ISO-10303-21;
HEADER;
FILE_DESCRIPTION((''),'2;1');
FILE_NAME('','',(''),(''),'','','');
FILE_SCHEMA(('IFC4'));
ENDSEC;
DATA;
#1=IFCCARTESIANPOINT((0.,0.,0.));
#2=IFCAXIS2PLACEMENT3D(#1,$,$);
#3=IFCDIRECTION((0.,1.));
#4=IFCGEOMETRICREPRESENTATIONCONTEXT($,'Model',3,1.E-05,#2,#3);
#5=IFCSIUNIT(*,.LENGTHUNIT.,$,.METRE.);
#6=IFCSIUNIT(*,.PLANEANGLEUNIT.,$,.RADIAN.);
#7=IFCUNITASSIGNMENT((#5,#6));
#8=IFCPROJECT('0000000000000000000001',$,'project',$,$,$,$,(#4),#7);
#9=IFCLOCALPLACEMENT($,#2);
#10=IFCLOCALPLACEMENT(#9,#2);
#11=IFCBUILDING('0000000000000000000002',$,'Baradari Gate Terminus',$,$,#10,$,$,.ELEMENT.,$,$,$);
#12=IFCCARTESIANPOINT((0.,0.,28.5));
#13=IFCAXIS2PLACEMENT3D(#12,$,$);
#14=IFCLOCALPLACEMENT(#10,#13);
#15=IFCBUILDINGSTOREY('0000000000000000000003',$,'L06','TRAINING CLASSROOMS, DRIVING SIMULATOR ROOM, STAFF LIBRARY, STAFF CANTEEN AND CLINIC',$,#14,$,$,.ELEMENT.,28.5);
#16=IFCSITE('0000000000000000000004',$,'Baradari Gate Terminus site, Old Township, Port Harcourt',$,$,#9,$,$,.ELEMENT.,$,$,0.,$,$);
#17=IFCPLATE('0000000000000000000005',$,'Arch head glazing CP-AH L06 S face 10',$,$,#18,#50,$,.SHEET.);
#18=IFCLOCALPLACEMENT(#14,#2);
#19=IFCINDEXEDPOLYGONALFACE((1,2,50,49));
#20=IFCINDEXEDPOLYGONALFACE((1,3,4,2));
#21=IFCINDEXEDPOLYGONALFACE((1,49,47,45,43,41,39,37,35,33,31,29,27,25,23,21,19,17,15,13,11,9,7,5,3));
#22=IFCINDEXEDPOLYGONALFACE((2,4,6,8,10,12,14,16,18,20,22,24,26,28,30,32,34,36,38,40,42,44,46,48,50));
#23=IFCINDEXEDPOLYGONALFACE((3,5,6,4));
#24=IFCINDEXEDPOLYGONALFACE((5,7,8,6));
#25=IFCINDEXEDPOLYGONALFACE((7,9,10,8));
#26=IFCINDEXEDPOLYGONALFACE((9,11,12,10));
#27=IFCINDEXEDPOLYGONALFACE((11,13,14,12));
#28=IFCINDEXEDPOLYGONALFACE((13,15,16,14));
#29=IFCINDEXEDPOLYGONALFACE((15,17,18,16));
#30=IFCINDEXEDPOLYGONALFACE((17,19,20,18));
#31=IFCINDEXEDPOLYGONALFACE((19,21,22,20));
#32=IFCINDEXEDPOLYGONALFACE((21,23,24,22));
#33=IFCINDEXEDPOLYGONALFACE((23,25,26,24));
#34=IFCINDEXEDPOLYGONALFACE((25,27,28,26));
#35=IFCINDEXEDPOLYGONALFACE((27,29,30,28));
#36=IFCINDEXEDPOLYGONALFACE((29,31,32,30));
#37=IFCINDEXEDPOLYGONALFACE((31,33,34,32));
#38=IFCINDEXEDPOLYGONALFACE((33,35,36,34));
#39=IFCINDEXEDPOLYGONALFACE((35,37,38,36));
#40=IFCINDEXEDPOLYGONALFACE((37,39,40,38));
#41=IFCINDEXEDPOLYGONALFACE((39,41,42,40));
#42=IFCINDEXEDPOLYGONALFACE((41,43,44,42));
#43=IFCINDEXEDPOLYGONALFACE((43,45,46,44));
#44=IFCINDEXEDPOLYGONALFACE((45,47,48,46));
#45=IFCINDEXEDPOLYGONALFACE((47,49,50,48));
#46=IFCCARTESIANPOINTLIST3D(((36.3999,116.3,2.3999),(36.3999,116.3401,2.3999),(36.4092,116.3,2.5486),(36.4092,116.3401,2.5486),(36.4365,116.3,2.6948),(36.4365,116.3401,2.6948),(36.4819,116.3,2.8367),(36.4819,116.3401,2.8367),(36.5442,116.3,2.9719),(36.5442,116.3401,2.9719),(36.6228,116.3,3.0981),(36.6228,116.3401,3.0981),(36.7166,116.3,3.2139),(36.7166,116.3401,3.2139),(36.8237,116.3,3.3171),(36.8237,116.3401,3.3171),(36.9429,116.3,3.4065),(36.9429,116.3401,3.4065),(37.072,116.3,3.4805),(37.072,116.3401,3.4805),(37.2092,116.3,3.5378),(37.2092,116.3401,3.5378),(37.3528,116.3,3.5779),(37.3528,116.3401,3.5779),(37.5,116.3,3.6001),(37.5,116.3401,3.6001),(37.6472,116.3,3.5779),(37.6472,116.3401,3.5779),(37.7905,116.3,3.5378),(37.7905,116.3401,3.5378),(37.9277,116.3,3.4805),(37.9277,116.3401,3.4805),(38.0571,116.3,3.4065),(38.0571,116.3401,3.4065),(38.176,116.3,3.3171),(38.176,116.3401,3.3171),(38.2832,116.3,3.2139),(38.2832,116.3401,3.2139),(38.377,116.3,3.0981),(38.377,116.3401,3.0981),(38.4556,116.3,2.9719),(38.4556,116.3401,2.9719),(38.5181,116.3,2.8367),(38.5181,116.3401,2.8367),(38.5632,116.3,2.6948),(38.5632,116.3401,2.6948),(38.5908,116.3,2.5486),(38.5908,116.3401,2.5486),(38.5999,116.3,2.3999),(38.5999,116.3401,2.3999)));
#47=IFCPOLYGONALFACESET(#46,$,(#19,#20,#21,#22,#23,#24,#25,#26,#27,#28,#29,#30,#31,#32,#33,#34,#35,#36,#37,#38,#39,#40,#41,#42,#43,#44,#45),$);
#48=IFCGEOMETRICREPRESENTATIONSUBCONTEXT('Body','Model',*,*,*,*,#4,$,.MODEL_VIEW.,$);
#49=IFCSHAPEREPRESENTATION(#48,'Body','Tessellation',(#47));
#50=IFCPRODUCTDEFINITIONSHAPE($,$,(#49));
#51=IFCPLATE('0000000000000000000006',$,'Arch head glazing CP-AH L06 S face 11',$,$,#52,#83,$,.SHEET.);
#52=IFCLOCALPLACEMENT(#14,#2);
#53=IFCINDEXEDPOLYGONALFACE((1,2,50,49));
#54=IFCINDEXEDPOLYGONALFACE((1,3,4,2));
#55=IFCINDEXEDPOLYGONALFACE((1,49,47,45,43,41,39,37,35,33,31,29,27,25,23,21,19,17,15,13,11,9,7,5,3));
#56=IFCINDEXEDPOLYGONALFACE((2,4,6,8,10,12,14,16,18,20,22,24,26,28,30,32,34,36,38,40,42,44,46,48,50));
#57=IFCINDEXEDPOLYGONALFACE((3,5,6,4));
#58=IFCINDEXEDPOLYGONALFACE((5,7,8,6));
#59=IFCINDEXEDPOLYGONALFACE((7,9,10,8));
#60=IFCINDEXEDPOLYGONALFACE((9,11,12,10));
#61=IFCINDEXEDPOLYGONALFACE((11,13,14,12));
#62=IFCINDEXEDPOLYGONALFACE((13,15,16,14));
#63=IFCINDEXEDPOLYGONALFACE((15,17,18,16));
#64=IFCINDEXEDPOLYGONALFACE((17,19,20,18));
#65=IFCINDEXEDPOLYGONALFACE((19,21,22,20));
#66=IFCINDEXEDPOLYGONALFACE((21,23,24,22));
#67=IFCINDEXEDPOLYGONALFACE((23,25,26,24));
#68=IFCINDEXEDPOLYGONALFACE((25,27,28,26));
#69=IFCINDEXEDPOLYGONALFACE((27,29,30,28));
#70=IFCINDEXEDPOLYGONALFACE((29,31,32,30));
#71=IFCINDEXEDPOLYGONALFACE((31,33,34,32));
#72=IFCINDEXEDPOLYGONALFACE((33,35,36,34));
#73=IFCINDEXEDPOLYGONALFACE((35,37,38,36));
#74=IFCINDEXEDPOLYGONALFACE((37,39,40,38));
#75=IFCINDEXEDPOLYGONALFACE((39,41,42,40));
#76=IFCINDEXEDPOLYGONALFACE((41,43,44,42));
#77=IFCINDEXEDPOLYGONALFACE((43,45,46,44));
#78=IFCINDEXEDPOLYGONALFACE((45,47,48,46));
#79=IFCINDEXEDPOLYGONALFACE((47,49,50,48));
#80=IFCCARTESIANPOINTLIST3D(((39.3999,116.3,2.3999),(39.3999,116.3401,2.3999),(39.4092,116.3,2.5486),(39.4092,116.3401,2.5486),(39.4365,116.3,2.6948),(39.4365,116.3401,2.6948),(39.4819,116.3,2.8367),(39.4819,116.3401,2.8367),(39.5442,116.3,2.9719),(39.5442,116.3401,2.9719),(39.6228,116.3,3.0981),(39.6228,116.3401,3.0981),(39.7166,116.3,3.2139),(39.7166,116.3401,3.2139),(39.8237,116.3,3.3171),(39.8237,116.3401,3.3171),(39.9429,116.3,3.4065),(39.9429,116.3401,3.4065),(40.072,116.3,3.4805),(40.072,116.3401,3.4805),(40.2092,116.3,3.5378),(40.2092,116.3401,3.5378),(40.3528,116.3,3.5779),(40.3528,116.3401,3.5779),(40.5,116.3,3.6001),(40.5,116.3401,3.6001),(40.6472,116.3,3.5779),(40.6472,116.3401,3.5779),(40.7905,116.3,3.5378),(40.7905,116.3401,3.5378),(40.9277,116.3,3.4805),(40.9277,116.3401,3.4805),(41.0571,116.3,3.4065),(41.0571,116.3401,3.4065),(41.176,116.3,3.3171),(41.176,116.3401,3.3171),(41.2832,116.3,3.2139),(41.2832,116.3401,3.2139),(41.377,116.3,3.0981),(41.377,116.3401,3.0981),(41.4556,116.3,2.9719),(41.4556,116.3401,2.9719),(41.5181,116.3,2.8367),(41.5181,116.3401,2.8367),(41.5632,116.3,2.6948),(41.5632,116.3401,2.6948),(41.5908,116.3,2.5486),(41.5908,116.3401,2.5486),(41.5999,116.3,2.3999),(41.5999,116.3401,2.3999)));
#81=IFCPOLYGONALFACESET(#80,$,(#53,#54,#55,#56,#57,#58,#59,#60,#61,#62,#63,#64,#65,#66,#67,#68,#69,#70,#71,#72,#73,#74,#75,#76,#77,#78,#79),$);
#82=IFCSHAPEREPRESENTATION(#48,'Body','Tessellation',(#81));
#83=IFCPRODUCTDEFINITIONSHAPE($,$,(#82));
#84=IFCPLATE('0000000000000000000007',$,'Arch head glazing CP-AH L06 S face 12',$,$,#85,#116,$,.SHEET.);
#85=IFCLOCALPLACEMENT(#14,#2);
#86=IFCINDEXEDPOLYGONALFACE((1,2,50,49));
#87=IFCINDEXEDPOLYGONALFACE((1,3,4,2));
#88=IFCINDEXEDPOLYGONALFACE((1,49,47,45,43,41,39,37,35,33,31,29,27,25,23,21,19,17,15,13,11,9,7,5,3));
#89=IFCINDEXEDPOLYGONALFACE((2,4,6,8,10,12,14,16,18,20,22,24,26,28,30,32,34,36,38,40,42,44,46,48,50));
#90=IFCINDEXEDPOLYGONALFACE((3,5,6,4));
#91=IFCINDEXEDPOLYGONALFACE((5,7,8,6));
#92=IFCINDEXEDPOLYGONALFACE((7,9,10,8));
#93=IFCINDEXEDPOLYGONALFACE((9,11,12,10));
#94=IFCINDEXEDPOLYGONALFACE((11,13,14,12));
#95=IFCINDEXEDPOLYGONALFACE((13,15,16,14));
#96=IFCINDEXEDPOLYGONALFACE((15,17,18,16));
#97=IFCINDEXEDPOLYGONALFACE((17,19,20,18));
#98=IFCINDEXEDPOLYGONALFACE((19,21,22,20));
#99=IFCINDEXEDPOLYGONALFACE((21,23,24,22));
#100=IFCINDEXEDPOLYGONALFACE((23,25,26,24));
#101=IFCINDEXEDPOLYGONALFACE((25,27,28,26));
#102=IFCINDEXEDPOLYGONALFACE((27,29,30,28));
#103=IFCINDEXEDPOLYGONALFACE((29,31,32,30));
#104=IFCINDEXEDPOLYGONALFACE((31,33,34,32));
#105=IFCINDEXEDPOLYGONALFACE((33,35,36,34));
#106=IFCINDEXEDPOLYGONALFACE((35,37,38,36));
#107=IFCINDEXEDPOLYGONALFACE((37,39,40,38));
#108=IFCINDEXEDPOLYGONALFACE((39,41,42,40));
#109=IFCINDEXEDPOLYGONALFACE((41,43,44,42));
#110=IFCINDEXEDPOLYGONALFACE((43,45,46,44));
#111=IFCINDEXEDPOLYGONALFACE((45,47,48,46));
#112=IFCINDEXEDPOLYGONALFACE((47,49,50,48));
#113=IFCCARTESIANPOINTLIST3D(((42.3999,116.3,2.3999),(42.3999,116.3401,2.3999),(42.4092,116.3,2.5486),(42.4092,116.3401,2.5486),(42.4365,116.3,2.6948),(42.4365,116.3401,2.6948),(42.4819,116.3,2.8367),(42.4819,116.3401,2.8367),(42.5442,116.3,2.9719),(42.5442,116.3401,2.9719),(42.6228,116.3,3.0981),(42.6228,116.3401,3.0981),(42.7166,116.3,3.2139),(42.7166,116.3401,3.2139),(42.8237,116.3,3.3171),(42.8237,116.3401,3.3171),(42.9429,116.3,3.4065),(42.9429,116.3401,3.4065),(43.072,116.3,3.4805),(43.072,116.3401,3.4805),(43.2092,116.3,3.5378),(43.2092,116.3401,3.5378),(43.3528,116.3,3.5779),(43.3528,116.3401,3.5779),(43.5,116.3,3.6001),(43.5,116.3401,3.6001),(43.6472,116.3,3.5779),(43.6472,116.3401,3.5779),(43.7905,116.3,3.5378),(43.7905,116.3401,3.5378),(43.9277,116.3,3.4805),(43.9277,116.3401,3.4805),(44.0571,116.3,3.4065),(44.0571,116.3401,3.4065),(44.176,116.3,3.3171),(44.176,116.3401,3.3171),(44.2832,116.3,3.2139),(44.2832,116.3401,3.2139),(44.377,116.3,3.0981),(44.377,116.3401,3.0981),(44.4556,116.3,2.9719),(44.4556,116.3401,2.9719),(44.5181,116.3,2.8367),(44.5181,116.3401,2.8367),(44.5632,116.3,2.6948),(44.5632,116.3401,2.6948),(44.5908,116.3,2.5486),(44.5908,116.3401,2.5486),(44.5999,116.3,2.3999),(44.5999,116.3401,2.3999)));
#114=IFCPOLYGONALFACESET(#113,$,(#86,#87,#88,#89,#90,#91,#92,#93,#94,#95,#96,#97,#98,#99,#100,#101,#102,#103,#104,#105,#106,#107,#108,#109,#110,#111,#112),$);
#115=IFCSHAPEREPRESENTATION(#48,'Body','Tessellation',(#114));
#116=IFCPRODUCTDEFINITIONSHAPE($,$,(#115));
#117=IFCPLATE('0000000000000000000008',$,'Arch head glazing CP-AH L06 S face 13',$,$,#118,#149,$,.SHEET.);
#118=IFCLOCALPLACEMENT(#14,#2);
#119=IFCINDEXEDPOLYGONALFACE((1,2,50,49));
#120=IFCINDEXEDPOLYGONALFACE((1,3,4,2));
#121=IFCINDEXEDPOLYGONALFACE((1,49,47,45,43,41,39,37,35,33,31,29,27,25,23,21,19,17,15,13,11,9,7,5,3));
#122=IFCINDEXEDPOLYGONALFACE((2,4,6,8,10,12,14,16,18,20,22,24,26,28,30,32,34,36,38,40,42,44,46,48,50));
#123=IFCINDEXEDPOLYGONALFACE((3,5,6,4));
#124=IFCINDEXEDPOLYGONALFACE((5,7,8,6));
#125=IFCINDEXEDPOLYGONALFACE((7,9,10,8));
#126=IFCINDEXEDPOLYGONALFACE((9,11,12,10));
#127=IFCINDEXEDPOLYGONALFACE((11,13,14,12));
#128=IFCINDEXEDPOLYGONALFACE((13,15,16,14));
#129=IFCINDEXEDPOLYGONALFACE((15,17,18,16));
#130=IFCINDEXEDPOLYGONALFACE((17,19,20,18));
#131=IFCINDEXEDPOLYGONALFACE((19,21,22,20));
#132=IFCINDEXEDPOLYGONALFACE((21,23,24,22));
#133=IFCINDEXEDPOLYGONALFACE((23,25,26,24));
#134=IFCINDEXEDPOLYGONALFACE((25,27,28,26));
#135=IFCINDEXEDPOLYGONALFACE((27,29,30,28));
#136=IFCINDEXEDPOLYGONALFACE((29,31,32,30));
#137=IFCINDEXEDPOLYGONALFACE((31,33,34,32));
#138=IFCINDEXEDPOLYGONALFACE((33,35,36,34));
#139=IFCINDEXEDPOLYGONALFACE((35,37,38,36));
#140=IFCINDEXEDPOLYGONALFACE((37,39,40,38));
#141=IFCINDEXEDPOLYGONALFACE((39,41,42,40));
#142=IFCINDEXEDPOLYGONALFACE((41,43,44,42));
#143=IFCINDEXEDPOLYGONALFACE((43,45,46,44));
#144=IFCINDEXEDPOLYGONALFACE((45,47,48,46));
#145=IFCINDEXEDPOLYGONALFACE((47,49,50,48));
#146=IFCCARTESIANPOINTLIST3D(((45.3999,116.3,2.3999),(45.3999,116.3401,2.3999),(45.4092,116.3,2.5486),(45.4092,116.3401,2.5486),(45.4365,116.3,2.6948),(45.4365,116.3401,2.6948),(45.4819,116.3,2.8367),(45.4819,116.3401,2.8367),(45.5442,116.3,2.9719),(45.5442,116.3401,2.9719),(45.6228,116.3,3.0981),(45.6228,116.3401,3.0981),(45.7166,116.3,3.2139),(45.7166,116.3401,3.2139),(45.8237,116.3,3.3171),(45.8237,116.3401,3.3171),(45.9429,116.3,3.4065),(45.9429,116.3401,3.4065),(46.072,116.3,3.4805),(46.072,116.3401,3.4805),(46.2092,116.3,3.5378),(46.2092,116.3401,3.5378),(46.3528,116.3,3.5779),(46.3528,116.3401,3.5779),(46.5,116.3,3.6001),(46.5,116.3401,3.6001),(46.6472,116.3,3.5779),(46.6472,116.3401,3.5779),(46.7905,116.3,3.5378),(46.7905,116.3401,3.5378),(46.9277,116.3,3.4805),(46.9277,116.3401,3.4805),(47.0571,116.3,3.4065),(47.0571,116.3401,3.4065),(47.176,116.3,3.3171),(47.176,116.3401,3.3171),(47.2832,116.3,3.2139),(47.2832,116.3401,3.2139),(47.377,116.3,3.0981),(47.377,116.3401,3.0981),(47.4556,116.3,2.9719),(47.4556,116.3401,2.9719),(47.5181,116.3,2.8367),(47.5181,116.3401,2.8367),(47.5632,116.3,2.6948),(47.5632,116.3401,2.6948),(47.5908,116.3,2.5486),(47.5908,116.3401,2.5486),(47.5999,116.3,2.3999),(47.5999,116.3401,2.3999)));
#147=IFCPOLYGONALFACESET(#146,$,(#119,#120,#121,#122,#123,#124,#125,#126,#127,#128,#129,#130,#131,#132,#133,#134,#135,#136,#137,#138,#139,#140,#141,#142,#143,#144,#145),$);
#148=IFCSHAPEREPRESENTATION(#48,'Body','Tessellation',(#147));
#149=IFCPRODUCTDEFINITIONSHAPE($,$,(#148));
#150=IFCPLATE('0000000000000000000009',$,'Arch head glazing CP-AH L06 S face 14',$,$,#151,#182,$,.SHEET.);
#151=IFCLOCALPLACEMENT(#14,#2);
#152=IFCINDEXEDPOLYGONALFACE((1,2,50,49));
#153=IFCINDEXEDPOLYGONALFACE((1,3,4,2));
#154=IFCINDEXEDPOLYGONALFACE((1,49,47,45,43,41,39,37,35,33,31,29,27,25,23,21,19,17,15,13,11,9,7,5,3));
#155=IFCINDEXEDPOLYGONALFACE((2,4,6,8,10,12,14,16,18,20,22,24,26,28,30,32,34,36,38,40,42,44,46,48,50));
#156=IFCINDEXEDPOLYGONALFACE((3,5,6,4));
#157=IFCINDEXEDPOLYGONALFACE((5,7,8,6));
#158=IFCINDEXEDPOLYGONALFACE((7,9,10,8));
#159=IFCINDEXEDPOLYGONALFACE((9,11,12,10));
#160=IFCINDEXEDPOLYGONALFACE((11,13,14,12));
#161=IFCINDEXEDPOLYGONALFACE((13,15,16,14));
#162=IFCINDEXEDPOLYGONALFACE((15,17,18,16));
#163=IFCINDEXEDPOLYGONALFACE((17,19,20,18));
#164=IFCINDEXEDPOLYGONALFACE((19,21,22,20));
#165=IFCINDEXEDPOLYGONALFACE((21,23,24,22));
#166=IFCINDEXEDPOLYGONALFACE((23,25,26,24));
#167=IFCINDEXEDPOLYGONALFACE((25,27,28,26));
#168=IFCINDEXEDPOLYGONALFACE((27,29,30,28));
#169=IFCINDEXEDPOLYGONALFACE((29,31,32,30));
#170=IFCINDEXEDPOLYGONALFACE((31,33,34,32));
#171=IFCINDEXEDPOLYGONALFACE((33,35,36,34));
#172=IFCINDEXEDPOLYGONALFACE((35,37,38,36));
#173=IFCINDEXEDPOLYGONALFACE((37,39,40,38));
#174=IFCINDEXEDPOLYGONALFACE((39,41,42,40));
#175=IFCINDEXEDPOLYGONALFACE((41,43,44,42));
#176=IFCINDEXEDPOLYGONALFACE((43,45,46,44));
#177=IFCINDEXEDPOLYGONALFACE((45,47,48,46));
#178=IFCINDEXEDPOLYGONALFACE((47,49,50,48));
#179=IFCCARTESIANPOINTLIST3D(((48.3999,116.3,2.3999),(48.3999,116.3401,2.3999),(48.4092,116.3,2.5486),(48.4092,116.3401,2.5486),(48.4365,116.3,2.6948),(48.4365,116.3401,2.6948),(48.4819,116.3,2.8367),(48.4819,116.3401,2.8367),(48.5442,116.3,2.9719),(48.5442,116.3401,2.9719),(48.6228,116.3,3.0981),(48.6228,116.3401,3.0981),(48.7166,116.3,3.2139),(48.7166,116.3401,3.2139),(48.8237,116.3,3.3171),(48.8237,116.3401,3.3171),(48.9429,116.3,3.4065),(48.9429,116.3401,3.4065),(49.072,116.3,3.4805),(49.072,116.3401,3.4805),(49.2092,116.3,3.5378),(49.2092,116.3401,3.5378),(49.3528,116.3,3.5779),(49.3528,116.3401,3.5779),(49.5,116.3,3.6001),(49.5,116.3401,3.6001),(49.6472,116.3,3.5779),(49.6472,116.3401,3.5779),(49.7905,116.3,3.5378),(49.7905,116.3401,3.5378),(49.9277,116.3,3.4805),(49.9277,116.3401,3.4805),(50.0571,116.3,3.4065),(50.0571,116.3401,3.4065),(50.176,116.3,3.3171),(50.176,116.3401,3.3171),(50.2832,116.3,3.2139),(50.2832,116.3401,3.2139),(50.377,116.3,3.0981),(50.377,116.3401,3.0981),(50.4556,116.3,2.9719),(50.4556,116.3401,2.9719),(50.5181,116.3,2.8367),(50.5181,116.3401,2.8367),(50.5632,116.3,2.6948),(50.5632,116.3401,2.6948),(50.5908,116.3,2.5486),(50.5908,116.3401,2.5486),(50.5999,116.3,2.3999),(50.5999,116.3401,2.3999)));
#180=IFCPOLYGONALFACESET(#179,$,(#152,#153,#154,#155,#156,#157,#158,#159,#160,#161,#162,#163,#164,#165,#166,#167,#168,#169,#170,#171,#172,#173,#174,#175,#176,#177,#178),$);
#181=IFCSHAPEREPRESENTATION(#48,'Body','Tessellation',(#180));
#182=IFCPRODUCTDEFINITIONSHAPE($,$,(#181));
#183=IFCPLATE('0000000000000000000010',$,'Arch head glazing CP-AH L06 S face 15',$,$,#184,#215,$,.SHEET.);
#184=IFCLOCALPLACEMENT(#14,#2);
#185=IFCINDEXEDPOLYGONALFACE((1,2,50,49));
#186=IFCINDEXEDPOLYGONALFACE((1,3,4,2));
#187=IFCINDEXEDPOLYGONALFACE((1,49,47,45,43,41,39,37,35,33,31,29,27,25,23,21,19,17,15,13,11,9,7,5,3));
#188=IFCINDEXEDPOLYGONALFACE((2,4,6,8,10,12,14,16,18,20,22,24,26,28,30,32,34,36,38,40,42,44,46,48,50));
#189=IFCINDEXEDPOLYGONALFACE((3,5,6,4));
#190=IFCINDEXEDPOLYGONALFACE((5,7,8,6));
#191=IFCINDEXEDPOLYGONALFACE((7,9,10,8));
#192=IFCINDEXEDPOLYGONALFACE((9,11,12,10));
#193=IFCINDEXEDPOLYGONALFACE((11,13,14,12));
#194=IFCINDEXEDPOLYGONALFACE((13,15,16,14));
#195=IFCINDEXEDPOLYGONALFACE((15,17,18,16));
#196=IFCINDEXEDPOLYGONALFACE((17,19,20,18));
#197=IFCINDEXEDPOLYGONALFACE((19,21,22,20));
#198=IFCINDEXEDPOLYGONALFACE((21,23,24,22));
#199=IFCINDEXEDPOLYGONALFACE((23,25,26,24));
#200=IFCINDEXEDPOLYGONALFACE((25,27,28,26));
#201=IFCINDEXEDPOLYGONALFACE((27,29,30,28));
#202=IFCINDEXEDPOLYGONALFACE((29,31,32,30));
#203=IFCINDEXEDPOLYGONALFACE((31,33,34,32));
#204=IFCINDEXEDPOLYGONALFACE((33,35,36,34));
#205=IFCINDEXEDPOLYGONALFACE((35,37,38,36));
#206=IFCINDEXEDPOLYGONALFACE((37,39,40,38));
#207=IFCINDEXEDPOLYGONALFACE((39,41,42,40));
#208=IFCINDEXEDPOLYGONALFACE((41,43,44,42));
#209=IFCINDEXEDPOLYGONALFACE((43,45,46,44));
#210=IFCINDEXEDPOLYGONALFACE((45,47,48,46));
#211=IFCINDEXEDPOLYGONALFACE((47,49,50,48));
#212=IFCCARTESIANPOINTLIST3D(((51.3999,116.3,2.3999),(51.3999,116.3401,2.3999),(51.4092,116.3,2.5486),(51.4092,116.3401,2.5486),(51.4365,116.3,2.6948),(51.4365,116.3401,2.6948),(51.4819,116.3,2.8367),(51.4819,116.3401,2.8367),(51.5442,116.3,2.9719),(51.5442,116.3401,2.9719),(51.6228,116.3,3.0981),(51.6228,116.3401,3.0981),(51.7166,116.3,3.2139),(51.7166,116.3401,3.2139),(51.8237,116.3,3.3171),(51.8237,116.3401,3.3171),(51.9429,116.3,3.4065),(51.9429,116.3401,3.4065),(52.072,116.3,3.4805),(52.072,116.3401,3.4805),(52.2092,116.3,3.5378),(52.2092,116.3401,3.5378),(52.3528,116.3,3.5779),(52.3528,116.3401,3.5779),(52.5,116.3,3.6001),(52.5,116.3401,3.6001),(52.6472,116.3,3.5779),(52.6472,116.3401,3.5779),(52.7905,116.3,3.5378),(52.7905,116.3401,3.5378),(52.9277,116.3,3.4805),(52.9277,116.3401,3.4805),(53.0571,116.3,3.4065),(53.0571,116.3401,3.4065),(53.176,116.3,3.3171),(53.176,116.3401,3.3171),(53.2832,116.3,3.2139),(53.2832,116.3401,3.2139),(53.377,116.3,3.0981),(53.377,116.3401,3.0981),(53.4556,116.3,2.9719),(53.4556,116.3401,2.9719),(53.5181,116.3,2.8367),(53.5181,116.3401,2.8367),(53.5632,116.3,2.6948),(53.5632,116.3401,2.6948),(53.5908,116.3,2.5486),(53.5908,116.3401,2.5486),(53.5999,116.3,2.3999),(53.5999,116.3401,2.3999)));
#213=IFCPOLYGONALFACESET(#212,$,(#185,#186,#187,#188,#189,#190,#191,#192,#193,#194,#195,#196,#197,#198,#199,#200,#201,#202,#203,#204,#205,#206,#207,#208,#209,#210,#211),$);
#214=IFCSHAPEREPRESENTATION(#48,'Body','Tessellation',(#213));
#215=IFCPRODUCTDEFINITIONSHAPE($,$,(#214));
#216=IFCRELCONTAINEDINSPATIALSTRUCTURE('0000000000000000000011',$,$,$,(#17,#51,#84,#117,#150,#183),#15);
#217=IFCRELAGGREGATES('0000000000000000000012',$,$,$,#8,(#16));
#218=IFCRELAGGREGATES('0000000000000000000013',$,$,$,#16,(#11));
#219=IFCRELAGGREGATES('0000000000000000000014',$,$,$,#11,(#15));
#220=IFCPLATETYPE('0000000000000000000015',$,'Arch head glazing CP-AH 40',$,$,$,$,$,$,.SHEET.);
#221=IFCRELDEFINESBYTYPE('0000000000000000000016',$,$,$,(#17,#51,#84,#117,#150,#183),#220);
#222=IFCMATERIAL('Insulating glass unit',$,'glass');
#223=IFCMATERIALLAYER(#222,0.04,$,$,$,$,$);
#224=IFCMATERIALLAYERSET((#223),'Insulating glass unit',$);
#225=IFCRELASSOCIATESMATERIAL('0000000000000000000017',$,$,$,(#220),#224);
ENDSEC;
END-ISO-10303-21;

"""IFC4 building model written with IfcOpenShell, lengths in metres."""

from ifc_helpers import new_model, si_unit, direction, frame, origin, place, context, subcontext, project, spatial, polyline, outline, extrude, material, layer, layer_set, type_object, element, save


model = new_model("IFC4")

# Units and contexts
model_context = context("Model", 3, precision=1e-05, world=origin(), true_north=direction((0.0, 1.0)))
body_context = subcontext(model_context, "Body", "Model", "MODEL_VIEW")
ifc_project = project(units=[si_unit("LENGTHUNIT", "METRE"), si_unit("PLANEANGLEUNIT", "RADIAN")], contexts=[model_context])

# Site, building, storey
site_placement = place(None, origin())
site = spatial("IfcSite", under=ifc_project, at=site_placement, Name="Baradari Gate Terminus site, Old Township, Port Harcourt", CompositionType="ELEMENT", RefElevation=0.0)
building_placement = place(site_placement, origin())
building = spatial("IfcBuilding", under=site, at=building_placement, Name="Baradari Gate Terminus", CompositionType="ELEMENT")
storey_placement = place(building_placement, frame((0.0, 0.0, 28.5)))
storey = spatial("IfcBuildingStorey", under=building, at=storey_placement, Name="L06", Description="TRAINING CLASSROOMS, DRIVING SIMULATOR ROOM, STAFF LIBRARY, STAFF CANTEEN AND CLINIC", CompositionType="ELEMENT", Elevation=28.5)

# Plates
ifc_material_1 = material(Name="Insulating glass unit", Category="glass")
ifc_layer = layer(ifc_material_1, 0.04)
ifc_layer_set = layer_set([ifc_layer], Name="Insulating glass unit")
plate_type = type_object("IfcPlateType", Name="Arch head glazing CP-AH 40", PredefinedType="SHEET", material=ifc_layer_set)
for number, where, z_axis, x_axis, name in (
    (1, (36.3999, 116.3201, 2.3999), (0.0, 0.0, 1.0), (1.0, 0.0, 0.0), "Arch head glazing CP-AH L06 S face 10"),
    (2, (39.3999, 116.3201, 2.3999), (0.0, 0.0, 1.0), (1.0, 0.0, 0.0), "Arch head glazing CP-AH L06 S face 11"),
    (3, (42.3999, 116.3201, 2.3999), (0.0, 0.0, 1.0), (1.0, 0.0, 0.0), "Arch head glazing CP-AH L06 S face 12"),
    (4, (45.3999, 116.3201, 2.3999), (0.0, 0.0, 1.0), (1.0, 0.0, 0.0), "Arch head glazing CP-AH L06 S face 13"),
    (5, (48.3999, 116.3201, 2.3999), (0.0, 0.0, 1.0), (1.0, 0.0, 0.0), "Arch head glazing CP-AH L06 S face 14"),
    (6, (51.3999, 116.3201, 2.3999), (0.0, 0.0, 1.0), (1.0, 0.0, 0.0), "Arch head glazing CP-AH L06 S face 15"),
):
    element("IfcPlate", number, at=place(storey_placement, frame(where, z_axis=z_axis, x_axis=x_axis)), inside=storey, type_object=plate_type, Name=name, PredefinedType="SHEET", context=body_context, shape_type="SweptSolid", body=[
        extrude(outline(polyline([(0.0, 0.0), (2.2, 0.0), (2.1909, 0.1487), (2.1633, 0.2949), (2.1182, 0.4368), (2.0557, 0.572), (1.9771, 0.6982), (1.8833, 0.814), (1.7761, 0.9172), (1.6572, 1.0066), (1.5278, 1.0806), (1.3906, 1.1379), (1.2473, 1.178), (1.1001, 1.2002), (0.9529, 1.178), (0.8093, 1.1379), (0.6721, 1.0806), (0.543, 1.0066), (0.4238, 0.9172), (0.3167, 0.814), (0.2229, 0.6982), (0.1443, 0.572), (0.082, 0.4368), (0.0366, 0.2949), (0.0093, 0.1487), (0.0, 0.0)])), frame((0.0, 0.02, 0.0), z_axis=(0.0, -1.0, 0.0), x_axis=(1.0, 0.0, 0.0)), (0.0, 0.0, 1.0), 0.04),
    ])

save(model, "model.ifc")
